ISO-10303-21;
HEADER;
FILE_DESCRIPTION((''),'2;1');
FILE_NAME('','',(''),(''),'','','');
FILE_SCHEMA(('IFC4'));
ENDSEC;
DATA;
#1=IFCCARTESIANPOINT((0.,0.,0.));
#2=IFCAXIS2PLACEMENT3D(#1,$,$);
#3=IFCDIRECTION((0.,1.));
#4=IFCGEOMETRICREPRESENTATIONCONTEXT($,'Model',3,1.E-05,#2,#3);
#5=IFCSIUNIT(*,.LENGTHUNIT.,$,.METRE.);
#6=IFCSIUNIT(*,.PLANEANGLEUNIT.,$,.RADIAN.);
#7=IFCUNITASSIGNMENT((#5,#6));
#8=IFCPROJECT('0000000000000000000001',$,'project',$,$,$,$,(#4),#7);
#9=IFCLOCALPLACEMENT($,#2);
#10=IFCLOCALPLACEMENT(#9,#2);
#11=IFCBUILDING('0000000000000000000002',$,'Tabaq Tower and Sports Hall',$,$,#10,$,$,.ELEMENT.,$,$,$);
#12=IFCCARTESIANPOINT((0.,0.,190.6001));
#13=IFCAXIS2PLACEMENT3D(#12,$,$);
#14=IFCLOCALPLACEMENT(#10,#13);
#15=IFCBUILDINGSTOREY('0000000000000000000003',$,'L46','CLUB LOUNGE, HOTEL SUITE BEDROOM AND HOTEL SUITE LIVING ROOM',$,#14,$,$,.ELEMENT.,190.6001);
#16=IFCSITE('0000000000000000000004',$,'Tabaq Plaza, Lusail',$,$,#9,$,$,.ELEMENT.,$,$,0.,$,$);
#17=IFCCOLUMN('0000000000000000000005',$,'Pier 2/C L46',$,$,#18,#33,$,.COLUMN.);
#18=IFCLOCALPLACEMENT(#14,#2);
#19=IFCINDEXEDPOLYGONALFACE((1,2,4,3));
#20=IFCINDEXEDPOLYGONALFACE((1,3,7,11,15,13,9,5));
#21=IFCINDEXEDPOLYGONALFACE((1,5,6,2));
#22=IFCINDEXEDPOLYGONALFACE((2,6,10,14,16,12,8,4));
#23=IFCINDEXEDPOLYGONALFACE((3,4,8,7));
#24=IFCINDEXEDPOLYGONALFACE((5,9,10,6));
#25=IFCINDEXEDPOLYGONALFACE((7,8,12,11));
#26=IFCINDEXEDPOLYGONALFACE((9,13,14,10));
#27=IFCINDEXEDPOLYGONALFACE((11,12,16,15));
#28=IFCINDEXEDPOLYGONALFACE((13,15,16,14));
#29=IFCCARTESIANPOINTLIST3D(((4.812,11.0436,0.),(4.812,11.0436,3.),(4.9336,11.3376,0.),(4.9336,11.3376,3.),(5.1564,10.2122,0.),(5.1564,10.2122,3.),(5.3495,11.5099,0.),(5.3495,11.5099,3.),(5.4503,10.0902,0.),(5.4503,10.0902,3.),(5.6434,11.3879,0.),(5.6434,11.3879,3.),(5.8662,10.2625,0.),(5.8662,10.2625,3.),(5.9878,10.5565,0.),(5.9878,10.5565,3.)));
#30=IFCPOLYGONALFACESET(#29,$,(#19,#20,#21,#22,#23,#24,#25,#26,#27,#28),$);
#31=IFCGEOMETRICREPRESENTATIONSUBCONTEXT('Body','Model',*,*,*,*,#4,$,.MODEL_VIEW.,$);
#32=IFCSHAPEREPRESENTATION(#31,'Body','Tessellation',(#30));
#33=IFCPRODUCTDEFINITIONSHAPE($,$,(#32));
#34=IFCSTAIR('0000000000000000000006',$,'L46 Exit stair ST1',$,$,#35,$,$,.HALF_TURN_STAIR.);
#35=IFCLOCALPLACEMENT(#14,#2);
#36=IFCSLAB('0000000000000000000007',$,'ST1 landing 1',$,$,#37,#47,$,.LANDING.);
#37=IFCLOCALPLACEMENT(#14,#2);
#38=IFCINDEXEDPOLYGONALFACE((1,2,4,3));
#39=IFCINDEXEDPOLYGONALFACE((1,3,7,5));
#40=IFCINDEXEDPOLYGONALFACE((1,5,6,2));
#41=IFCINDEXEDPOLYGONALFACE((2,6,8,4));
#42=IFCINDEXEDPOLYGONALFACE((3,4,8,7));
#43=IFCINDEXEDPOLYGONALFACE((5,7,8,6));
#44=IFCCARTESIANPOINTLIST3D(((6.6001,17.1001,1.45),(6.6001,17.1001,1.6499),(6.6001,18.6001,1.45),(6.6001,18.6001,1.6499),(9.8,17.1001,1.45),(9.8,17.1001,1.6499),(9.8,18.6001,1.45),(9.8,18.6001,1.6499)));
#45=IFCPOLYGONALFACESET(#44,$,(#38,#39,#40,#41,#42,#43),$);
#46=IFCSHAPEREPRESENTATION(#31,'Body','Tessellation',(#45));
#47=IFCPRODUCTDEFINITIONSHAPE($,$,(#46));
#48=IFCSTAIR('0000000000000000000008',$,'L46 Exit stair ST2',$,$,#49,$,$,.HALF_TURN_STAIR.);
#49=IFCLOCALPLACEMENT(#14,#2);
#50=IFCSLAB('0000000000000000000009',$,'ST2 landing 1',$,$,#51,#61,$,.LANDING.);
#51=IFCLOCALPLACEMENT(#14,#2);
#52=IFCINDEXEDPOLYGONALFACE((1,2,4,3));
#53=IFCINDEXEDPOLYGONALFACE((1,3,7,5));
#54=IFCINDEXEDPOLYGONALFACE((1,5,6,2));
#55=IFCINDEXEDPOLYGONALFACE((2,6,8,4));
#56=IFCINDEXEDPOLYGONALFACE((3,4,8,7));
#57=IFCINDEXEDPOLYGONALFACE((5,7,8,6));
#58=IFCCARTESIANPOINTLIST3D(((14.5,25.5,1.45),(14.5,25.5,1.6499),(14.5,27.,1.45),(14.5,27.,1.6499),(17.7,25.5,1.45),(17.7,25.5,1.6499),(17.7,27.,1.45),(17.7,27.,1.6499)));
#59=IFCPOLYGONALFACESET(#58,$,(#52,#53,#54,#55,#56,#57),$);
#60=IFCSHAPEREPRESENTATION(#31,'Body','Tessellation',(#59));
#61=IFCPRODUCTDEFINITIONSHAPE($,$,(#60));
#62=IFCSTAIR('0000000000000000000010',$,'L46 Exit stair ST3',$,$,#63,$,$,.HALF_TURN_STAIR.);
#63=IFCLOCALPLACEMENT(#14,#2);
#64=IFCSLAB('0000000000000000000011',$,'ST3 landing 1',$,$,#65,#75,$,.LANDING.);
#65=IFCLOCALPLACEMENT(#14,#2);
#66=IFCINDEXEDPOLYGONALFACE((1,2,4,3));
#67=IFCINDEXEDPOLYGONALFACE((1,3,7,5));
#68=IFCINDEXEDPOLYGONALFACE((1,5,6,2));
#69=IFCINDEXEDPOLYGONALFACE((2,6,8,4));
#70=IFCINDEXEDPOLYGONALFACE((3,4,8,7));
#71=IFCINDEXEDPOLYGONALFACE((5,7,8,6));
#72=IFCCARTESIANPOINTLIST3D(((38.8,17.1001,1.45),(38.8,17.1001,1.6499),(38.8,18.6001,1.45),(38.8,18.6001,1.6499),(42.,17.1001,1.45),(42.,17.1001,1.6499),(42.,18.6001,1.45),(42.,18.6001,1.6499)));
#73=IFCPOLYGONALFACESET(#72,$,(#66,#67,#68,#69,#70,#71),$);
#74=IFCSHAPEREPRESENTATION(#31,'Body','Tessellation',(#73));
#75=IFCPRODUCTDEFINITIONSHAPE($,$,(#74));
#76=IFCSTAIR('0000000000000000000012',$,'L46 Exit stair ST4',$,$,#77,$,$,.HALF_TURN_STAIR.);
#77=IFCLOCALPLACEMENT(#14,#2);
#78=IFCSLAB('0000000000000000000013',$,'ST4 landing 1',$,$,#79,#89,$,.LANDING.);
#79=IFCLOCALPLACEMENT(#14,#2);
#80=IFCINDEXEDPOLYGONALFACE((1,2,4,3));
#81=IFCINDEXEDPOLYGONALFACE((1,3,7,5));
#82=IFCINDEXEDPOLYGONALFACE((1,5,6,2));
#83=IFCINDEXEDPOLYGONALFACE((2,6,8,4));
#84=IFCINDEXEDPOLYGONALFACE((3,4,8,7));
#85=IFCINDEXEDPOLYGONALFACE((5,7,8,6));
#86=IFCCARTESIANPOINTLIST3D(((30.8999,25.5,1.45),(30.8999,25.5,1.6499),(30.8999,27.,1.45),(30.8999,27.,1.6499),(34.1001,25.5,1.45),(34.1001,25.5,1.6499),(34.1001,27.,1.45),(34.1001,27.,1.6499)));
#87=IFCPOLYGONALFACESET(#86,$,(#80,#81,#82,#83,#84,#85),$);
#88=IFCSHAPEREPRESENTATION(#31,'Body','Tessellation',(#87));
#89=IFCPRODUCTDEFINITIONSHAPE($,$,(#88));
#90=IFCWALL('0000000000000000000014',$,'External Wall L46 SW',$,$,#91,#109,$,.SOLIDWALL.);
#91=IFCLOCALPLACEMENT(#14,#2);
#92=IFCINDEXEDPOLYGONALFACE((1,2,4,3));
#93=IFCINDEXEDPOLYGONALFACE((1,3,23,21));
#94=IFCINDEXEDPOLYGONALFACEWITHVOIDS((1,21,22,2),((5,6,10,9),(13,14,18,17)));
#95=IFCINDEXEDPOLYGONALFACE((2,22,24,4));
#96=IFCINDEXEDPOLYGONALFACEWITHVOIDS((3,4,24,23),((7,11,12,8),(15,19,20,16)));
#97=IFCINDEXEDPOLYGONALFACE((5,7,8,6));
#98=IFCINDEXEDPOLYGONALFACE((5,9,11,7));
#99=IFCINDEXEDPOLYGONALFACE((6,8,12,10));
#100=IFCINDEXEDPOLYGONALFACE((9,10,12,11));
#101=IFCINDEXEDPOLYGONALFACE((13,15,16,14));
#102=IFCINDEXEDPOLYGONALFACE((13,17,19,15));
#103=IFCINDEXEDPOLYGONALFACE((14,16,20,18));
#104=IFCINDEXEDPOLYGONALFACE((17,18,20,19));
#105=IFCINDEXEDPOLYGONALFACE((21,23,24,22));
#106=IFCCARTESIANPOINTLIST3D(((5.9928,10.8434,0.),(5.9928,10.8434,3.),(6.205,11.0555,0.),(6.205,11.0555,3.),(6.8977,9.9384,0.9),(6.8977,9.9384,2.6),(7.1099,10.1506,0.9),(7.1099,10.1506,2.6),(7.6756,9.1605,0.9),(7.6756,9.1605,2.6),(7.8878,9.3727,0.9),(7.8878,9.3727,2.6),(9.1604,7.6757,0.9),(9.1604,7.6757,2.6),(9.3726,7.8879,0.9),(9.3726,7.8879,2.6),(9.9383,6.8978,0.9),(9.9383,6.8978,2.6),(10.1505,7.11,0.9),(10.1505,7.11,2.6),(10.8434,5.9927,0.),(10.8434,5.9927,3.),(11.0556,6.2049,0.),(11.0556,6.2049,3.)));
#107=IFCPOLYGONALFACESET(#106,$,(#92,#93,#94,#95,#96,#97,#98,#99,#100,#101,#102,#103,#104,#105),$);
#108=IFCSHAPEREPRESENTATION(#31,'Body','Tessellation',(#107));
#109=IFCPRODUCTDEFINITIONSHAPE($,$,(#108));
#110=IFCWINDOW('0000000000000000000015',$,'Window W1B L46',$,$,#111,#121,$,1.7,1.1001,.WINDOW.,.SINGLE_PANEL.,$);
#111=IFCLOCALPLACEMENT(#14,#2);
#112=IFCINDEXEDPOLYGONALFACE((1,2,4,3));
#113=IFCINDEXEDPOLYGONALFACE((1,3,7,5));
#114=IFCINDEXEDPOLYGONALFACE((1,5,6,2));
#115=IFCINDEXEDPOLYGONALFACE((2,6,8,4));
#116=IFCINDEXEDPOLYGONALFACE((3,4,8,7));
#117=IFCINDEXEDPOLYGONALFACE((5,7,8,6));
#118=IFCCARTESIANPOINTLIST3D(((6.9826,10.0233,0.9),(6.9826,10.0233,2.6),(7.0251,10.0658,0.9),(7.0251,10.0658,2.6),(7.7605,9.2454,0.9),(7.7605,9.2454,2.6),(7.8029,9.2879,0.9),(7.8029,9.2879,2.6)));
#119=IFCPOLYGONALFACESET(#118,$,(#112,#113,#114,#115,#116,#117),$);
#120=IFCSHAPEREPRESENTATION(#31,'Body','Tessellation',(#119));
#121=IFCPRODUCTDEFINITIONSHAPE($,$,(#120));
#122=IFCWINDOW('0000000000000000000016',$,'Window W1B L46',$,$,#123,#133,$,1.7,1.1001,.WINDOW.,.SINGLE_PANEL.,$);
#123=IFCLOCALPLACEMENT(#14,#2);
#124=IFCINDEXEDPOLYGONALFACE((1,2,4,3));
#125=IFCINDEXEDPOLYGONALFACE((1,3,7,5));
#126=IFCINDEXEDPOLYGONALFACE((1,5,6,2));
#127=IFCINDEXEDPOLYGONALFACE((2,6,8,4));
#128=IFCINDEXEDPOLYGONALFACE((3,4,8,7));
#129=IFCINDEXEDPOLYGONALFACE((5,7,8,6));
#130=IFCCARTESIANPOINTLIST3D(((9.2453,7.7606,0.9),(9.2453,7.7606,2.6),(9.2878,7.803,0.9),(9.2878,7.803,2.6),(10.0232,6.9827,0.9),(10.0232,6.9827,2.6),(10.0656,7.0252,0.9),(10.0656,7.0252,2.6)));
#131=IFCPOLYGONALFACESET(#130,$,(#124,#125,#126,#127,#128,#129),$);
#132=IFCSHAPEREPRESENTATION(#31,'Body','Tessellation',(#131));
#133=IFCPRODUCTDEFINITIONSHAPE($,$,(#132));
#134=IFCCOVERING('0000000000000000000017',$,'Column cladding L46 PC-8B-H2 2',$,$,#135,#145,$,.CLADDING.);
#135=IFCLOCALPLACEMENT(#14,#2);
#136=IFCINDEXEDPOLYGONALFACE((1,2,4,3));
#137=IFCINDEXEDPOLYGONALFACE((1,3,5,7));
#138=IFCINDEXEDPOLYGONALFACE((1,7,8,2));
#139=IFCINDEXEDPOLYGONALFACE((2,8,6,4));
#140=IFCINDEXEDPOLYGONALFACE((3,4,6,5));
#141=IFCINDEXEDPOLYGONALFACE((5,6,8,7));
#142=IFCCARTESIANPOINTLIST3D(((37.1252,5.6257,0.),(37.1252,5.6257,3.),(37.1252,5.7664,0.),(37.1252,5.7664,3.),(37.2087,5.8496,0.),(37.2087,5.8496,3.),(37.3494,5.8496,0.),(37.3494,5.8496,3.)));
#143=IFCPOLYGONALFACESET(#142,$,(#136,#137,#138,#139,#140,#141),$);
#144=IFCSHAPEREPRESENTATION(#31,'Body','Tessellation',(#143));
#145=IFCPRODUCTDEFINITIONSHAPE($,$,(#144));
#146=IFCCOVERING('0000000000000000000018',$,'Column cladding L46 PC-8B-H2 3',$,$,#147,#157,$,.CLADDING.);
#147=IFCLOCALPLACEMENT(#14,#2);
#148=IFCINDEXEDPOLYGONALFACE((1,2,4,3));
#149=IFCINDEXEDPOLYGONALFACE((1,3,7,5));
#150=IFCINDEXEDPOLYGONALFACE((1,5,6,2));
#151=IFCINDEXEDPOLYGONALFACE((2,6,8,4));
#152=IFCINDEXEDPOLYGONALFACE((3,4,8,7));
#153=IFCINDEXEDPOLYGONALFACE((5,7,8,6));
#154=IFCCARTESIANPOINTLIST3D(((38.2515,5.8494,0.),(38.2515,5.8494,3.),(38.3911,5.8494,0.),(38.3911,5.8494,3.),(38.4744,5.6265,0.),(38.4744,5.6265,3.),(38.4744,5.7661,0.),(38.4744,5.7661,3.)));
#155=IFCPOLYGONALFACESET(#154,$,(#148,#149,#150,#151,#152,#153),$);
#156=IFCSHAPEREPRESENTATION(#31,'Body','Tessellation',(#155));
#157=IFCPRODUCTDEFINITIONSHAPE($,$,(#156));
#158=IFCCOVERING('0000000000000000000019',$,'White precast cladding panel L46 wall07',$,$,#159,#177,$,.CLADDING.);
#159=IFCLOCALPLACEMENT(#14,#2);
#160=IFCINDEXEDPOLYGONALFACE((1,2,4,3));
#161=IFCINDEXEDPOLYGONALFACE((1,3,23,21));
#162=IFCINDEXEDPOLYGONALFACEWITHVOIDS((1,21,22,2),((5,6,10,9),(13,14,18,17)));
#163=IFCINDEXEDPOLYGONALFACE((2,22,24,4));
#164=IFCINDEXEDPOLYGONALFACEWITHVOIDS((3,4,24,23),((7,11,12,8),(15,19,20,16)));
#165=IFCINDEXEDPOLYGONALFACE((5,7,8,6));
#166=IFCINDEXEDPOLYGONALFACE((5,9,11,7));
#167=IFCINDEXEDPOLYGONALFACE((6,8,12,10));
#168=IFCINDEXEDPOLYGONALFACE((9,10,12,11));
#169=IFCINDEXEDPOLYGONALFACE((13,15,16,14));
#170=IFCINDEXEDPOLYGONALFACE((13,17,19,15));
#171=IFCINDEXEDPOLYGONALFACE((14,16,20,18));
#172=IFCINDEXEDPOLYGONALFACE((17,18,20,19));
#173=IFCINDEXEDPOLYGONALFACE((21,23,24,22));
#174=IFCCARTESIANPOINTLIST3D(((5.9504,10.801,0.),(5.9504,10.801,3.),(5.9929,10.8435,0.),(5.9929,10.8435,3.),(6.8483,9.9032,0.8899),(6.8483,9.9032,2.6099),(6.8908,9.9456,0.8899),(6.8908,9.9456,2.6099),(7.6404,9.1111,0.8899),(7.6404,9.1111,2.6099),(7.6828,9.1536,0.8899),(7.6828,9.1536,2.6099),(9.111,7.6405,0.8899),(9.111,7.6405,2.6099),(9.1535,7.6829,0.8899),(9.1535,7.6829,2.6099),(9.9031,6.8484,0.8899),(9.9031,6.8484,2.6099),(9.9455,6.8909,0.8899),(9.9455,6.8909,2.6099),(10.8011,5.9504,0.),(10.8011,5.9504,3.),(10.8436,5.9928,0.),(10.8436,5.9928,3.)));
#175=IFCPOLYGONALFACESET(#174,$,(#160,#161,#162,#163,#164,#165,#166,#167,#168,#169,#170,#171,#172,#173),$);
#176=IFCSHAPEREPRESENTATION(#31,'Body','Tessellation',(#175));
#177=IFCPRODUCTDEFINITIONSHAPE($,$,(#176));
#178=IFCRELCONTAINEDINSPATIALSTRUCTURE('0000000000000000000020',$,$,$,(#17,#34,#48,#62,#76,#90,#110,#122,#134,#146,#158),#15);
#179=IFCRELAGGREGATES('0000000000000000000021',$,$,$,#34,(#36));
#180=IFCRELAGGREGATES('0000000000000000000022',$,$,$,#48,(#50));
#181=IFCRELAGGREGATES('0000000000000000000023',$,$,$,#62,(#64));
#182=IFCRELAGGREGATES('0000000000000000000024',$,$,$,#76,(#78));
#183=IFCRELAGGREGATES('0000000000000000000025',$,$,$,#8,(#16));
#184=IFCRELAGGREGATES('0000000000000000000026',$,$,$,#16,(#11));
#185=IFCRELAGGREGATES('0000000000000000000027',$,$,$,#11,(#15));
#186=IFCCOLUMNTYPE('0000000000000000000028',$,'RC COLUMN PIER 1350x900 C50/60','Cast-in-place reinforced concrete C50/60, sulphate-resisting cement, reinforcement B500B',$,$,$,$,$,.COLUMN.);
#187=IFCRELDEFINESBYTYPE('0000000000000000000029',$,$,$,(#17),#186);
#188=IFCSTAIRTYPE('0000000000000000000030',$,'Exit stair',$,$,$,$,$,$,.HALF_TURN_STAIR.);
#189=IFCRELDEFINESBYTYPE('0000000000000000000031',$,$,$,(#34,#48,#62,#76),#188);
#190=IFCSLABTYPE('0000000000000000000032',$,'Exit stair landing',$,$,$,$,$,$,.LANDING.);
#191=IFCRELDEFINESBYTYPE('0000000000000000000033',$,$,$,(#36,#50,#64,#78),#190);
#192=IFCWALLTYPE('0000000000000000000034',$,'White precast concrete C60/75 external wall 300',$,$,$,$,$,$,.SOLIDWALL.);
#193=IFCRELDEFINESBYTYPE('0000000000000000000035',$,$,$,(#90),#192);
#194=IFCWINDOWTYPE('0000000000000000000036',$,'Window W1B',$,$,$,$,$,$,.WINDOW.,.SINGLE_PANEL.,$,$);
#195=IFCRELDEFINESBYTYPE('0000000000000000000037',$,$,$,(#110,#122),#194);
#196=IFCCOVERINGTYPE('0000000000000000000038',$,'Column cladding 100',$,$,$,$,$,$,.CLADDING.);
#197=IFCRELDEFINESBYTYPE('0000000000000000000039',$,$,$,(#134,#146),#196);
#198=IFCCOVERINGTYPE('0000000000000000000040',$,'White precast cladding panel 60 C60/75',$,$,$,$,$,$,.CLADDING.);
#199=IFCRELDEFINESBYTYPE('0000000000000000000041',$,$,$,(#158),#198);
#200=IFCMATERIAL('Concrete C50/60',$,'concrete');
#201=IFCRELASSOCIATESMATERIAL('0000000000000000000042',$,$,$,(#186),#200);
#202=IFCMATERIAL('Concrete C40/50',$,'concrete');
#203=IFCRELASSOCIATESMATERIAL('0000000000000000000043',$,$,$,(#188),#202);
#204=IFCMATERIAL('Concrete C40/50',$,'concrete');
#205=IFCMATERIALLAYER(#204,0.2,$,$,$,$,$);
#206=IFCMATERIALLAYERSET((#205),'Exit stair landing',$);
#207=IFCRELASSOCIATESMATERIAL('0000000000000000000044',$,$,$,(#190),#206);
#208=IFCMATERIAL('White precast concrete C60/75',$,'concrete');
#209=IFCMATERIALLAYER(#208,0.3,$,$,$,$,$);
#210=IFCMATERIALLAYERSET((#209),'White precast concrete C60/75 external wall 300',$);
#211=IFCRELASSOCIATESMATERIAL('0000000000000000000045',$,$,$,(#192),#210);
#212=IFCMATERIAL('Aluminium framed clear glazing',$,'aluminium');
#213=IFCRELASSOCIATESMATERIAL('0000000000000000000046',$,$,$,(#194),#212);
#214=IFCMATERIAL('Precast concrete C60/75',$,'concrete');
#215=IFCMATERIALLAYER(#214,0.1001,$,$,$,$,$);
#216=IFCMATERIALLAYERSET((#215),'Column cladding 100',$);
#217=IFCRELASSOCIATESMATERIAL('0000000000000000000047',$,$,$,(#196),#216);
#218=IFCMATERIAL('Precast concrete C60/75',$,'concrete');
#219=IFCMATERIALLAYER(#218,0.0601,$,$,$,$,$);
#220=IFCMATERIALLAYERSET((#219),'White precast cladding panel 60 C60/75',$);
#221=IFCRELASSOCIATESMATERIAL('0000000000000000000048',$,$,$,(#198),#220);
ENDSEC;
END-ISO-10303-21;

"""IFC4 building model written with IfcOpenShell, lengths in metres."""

from ifc_helpers import new_model, si_unit, direction, frame, frame_2d, origin, place, context, subcontext, project, spatial, polyline, rectangle, outline, extrude, material, layer, layer_set, material_profile, profile_set, type_object, element, fill, aggregate, save


model = new_model("IFC4")

# Units and contexts
model_context = context("Model", 3, precision=1e-05, world=origin(), true_north=direction((0.0, 1.0)))
body_context = subcontext(model_context, "Body", "Model", "MODEL_VIEW")
ifc_project = project(units=[si_unit("LENGTHUNIT", "METRE"), si_unit("PLANEANGLEUNIT", "RADIAN")], contexts=[model_context])

# Site, building, storey
site_placement = place(None, origin())
site = spatial("IfcSite", under=ifc_project, at=site_placement, Name="Tabaq Plaza, Lusail", CompositionType="ELEMENT", RefElevation=0.0)
building_placement = place(site_placement, origin())
building = spatial("IfcBuilding", under=site, at=building_placement, Name="Tabaq Tower and Sports Hall", CompositionType="ELEMENT")
storey_placement = place(building_placement, frame((0.0, 0.0, 190.6001)))
storey = spatial("IfcBuildingStorey", under=building, at=storey_placement, Name="L46", Description="CLUB LOUNGE, HOTEL SUITE BEDROOM AND HOTEL SUITE LIVING ROOM", CompositionType="ELEMENT", Elevation=190.6001)

# Column
ifc_material_1 = material(Name="Concrete C50/60", Category="concrete")
ifc_material_profile = material_profile(ifc_material_1, outline(polyline([(-0.45, -0.45), (0.45, -0.45), (0.675, -0.2251), (0.675, 0.2251), (0.45, 0.45), (-0.45, 0.45), (-0.675, 0.2251), (-0.675, -0.2251), (-0.45, -0.45)])), Name="PIER 1350x900")
ifc_profile_set = profile_set([ifc_material_profile], Name="Concrete C50/60")
column_type = type_object("IfcColumnType", Name="RC COLUMN PIER 1350x900 C50/60", Description="Cast-in-place reinforced concrete C50/60, sulphate-resisting cement, reinforcement B500B", PredefinedType="COLUMN", material=ifc_profile_set)
column_placement = place(storey_placement, frame((5.3999, 10.8, 0.0), z_axis=(0.0, 0.0, 1.0), x_axis=(-0.382683, 0.92388, 0.0)))
element("IfcColumn", 1, at=column_placement, inside=storey, type_object=column_type, Name="Pier 2/C L46", PredefinedType="COLUMN", context=body_context, shape_type="SweptSolid", body=[
    extrude(outline(polyline([(-0.45, -0.45), (0.45, -0.45), (0.675, -0.2251), (0.675, 0.2251), (0.45, 0.45), (-0.45, 0.45), (-0.675, 0.2251), (-0.675, -0.2251), (-0.45, -0.45)])), origin(), (0.0, 0.0, 1.0), 3.0),
])

# Stairs, slabs
ifc_material_2 = material(Name="Concrete C40/50", Category="concrete")
stair_type = type_object("IfcStairType", Name="Exit stair", PredefinedType="HALF_TURN_STAIR", material=ifc_material_2)
stair_1_placement = place(storey_placement, origin())
stair_1 = element("IfcStair", 2, at=stair_1_placement, inside=storey, type_object=stair_type, Name="L46 Exit stair ST1", PredefinedType="HALF_TURN_STAIR")
ifc_material_3 = material(Name="Concrete C40/50", Category="concrete")
ifc_layer_1 = layer(ifc_material_3, 0.2)
ifc_layer_set_1 = layer_set([ifc_layer_1], Name="Exit stair landing")
slab_type = type_object("IfcSlabType", Name="Exit stair landing", PredefinedType="LANDING", material=ifc_layer_set_1)
slab_1_placement = place(storey_placement, frame((0.0, 0.0, 1.45)))
slab_1 = element("IfcSlab", 3, at=slab_1_placement, type_object=slab_type, Name="ST1 landing 1", PredefinedType="LANDING", context=body_context, shape_type="SweptSolid", body=[
    extrude(outline(polyline([(6.6001, 18.6001), (6.6001, 17.1001), (9.8, 17.1001), (9.8, 18.6001), (6.6001, 18.6001)])), origin(), (0.0, 0.0, 1.0), 0.2),
])
aggregate(stair_1, [slab_1])
stair_2_placement = place(storey_placement, origin())
stair_2 = element("IfcStair", 4, at=stair_2_placement, inside=storey, type_object=stair_type, Name="L46 Exit stair ST2", PredefinedType="HALF_TURN_STAIR")
slab_2_placement = place(storey_placement, frame((0.0, 0.0, 1.45)))
slab_2 = element("IfcSlab", 5, at=slab_2_placement, type_object=slab_type, Name="ST2 landing 1", PredefinedType="LANDING", context=body_context, shape_type="SweptSolid", body=[
    extrude(outline(polyline([(14.5, 27.0), (14.5, 25.5), (17.7, 25.5), (17.7, 27.0), (14.5, 27.0)])), origin(), (0.0, 0.0, 1.0), 0.2),
])
aggregate(stair_2, [slab_2])
stair_3_placement = place(storey_placement, origin())
stair_3 = element("IfcStair", 6, at=stair_3_placement, inside=storey, type_object=stair_type, Name="L46 Exit stair ST3", PredefinedType="HALF_TURN_STAIR")
slab_3_placement = place(storey_placement, frame((0.0, 0.0, 1.45)))
slab_3 = element("IfcSlab", 7, at=slab_3_placement, type_object=slab_type, Name="ST3 landing 1", PredefinedType="LANDING", context=body_context, shape_type="SweptSolid", body=[
    extrude(outline(polyline([(38.8, 18.6001), (38.8, 17.1001), (42.0, 17.1001), (42.0, 18.6001), (38.8, 18.6001)])), origin(), (0.0, 0.0, 1.0), 0.2),
])
aggregate(stair_3, [slab_3])
stair_4_placement = place(storey_placement, origin())
stair_4 = element("IfcStair", 8, at=stair_4_placement, inside=storey, type_object=stair_type, Name="L46 Exit stair ST4", PredefinedType="HALF_TURN_STAIR")
slab_4_placement = place(storey_placement, frame((0.0, 0.0, 1.45)))
slab_4 = element("IfcSlab", 9, at=slab_4_placement, type_object=slab_type, Name="ST4 landing 1", PredefinedType="LANDING", context=body_context, shape_type="SweptSolid", body=[
    extrude(outline(polyline([(30.8999, 27.0), (30.8999, 25.5), (34.1001, 25.5), (34.1001, 27.0), (30.8999, 27.0)])), origin(), (0.0, 0.0, 1.0), 0.2),
])
aggregate(stair_4, [slab_4])

# Wall, openings, windows
ifc_material_4 = material(Name="White precast concrete C60/75", Category="concrete")
ifc_layer_2 = layer(ifc_material_4, 0.3)
ifc_layer_set_2 = layer_set([ifc_layer_2], Name="White precast concrete C60/75 external wall 300")
wall_type = type_object("IfcWallType", Name="White precast concrete C60/75 external wall 300", PredefinedType="SOLIDWALL", material=ifc_layer_set_2)
wall_placement = place(storey_placement, frame((6.0989, 10.9495, 0.0), z_axis=(0.0, 0.0, 1.0), x_axis=(0.707107, -0.707107, 0.0)))
wall = element("IfcWall", 10, at=wall_placement, inside=storey, type_object=wall_type, Name="External Wall L46 SW", PredefinedType="SOLIDWALL", context=body_context, shape_type="SweptSolid", body=[
    extrude(rectangle(XDim=6.8599, YDim=0.3, at=frame_2d((3.4299, 0.0))), origin(), (0.0, 0.0, 1.0), 3.0),
])
opening_1_placement = place(wall_placement, frame((1.2798, 0.0, 0.8999)))
opening_1 = element("IfcOpeningElement", 11, at=opening_1_placement, cuts=wall, PredefinedType="OPENING", context=body_context, shape_type="SweptSolid", body=[
    extrude(rectangle(XDim=1.1001, YDim=1.7, at=frame_2d((0.55, 0.8501))), frame((0.0, 0.1602, 0.0), z_axis=(0.0, -1.0, 0.0), x_axis=(1.0, 0.0, 0.0)), (0.0, 0.0, 1.0), 0.3201),
])
opening_2_placement = place(wall_placement, frame((4.4797, 0.0, 0.8999)))
opening_2 = element("IfcOpeningElement", 12, at=opening_2_placement, cuts=wall, PredefinedType="OPENING", context=body_context, shape_type="SweptSolid", body=[
    extrude(rectangle(XDim=1.1001, YDim=1.7, at=frame_2d((0.55, 0.8501))), frame((0.0, 0.1602, 0.0), z_axis=(0.0, -1.0, 0.0), x_axis=(1.0, 0.0, 0.0)), (0.0, 0.0, 1.0), 0.3201),
])
ifc_material_5 = material(Name="Aluminium framed clear glazing", Category="aluminium")
window_type = type_object("IfcWindowType", Name="Window W1B", PartitioningType="SINGLE_PANEL", PredefinedType="WINDOW", material=ifc_material_5)
window_1_placement = place(opening_1_placement, origin())
window_1 = element("IfcWindow", 13, at=window_1_placement, inside=storey, type_object=window_type, Name="Window W1B L46", OverallHeight=1.7, OverallWidth=1.1001, PartitioningType="SINGLE_PANEL", PredefinedType="WINDOW", context=body_context, shape_type="SweptSolid", body=[
    extrude(rectangle(XDim=1.1001, YDim=1.7, at=frame_2d((0.55, 0.8501))), frame((0.0, 0.03, 0.0), z_axis=(0.0, -1.0, 0.0), x_axis=(1.0, 0.0, 0.0)), (0.0, 0.0, 1.0), 0.0601),
])
fill(opening_1, window_1)
window_2_placement = place(opening_2_placement, origin())
window_2 = element("IfcWindow", 14, at=window_2_placement, inside=storey, type_object=window_type, Name="Window W1B L46", OverallHeight=1.7, OverallWidth=1.1001, PartitioningType="SINGLE_PANEL", PredefinedType="WINDOW", context=body_context, shape_type="SweptSolid", body=[
    extrude(rectangle(XDim=1.1001, YDim=1.7, at=frame_2d((0.55, 0.8501))), frame((0.0, 0.03, 0.0), z_axis=(0.0, -1.0, 0.0), x_axis=(1.0, 0.0, 0.0)), (0.0, 0.0, 1.0), 0.0601),
])
fill(opening_2, window_2)

# Coverings
ifc_material_6 = material(Name="Precast concrete C60/75", Category="concrete")
ifc_layer_3 = layer(ifc_material_6, 0.1001)
ifc_layer_set_3 = layer_set([ifc_layer_3], Name="Column cladding 100")
covering_type_1 = type_object("IfcCoveringType", Name="Column cladding 100", PredefinedType="CLADDING", material=ifc_layer_set_3)
covering_1_placement = place(storey_placement, origin())
element("IfcCovering", 15, at=covering_1_placement, inside=storey, type_object=covering_type_1, Name="Column cladding L46 PC-8B-H2 2", PredefinedType="CLADDING", context=body_context, shape_type="SweptSolid", body=[
    extrude(outline(polyline([(37.2087, 5.8496), (37.3494, 5.8496), (37.1252, 5.6257), (37.1252, 5.7664), (37.2087, 5.8496)])), origin(), (0.0, 0.0, 1.0), 3.0),
])
covering_2_placement = place(storey_placement, origin())
element("IfcCovering", 16, at=covering_2_placement, inside=storey, type_object=covering_type_1, Name="Column cladding L46 PC-8B-H2 3", PredefinedType="CLADDING", context=body_context, shape_type="SweptSolid", body=[
    extrude(outline(polyline([(38.4744, 5.6265), (38.2515, 5.8494), (38.3911, 5.8494), (38.4744, 5.7661), (38.4744, 5.6265)])), origin(), (0.0, 0.0, 1.0), 3.0),
])
ifc_material_7 = material(Name="Precast concrete C60/75", Category="concrete")
ifc_layer_4 = layer(ifc_material_7, 0.0601)
ifc_layer_set_4 = layer_set([ifc_layer_4], Name="White precast cladding panel 60 C60/75")
covering_type_2 = type_object("IfcCoveringType", Name="White precast cladding panel 60 C60/75", PredefinedType="CLADDING", material=ifc_layer_set_4)
covering_3_placement = place(storey_placement, frame((5.9717, 10.8223, 0.0), z_axis=(0.0, 0.0, 1.0), x_axis=(0.707107, -0.707107, 0.0)))
element("IfcCovering", 17, at=covering_3_placement, inside=storey, type_object=covering_type_2, Name="White precast cladding panel L46 wall07", PredefinedType="CLADDING", context=body_context, shape_type="SweptSolid", body=[
    extrude(outline(polyline([(0.0, 0.0), (6.8599, 0.0), (6.8599, 3.0), (0.0, 3.0), (0.0, 0.0)]), holes=[polyline([(1.2698, 2.6099), (2.3899, 2.6099), (2.3899, 0.8899), (1.2698, 0.8899), (1.2698, 2.6099)]), polyline([(4.4697, 2.6099), (5.5898, 2.6099), (5.5898, 0.8899), (4.4697, 0.8899), (4.4697, 2.6099)])]), frame((0.0, 0.03, 0.0), z_axis=(0.0, -1.0, 0.0), x_axis=(1.0, 0.0, 0.0)), (0.0, 0.0, 1.0), 0.0601),
])

save(model, "model.ifc")
